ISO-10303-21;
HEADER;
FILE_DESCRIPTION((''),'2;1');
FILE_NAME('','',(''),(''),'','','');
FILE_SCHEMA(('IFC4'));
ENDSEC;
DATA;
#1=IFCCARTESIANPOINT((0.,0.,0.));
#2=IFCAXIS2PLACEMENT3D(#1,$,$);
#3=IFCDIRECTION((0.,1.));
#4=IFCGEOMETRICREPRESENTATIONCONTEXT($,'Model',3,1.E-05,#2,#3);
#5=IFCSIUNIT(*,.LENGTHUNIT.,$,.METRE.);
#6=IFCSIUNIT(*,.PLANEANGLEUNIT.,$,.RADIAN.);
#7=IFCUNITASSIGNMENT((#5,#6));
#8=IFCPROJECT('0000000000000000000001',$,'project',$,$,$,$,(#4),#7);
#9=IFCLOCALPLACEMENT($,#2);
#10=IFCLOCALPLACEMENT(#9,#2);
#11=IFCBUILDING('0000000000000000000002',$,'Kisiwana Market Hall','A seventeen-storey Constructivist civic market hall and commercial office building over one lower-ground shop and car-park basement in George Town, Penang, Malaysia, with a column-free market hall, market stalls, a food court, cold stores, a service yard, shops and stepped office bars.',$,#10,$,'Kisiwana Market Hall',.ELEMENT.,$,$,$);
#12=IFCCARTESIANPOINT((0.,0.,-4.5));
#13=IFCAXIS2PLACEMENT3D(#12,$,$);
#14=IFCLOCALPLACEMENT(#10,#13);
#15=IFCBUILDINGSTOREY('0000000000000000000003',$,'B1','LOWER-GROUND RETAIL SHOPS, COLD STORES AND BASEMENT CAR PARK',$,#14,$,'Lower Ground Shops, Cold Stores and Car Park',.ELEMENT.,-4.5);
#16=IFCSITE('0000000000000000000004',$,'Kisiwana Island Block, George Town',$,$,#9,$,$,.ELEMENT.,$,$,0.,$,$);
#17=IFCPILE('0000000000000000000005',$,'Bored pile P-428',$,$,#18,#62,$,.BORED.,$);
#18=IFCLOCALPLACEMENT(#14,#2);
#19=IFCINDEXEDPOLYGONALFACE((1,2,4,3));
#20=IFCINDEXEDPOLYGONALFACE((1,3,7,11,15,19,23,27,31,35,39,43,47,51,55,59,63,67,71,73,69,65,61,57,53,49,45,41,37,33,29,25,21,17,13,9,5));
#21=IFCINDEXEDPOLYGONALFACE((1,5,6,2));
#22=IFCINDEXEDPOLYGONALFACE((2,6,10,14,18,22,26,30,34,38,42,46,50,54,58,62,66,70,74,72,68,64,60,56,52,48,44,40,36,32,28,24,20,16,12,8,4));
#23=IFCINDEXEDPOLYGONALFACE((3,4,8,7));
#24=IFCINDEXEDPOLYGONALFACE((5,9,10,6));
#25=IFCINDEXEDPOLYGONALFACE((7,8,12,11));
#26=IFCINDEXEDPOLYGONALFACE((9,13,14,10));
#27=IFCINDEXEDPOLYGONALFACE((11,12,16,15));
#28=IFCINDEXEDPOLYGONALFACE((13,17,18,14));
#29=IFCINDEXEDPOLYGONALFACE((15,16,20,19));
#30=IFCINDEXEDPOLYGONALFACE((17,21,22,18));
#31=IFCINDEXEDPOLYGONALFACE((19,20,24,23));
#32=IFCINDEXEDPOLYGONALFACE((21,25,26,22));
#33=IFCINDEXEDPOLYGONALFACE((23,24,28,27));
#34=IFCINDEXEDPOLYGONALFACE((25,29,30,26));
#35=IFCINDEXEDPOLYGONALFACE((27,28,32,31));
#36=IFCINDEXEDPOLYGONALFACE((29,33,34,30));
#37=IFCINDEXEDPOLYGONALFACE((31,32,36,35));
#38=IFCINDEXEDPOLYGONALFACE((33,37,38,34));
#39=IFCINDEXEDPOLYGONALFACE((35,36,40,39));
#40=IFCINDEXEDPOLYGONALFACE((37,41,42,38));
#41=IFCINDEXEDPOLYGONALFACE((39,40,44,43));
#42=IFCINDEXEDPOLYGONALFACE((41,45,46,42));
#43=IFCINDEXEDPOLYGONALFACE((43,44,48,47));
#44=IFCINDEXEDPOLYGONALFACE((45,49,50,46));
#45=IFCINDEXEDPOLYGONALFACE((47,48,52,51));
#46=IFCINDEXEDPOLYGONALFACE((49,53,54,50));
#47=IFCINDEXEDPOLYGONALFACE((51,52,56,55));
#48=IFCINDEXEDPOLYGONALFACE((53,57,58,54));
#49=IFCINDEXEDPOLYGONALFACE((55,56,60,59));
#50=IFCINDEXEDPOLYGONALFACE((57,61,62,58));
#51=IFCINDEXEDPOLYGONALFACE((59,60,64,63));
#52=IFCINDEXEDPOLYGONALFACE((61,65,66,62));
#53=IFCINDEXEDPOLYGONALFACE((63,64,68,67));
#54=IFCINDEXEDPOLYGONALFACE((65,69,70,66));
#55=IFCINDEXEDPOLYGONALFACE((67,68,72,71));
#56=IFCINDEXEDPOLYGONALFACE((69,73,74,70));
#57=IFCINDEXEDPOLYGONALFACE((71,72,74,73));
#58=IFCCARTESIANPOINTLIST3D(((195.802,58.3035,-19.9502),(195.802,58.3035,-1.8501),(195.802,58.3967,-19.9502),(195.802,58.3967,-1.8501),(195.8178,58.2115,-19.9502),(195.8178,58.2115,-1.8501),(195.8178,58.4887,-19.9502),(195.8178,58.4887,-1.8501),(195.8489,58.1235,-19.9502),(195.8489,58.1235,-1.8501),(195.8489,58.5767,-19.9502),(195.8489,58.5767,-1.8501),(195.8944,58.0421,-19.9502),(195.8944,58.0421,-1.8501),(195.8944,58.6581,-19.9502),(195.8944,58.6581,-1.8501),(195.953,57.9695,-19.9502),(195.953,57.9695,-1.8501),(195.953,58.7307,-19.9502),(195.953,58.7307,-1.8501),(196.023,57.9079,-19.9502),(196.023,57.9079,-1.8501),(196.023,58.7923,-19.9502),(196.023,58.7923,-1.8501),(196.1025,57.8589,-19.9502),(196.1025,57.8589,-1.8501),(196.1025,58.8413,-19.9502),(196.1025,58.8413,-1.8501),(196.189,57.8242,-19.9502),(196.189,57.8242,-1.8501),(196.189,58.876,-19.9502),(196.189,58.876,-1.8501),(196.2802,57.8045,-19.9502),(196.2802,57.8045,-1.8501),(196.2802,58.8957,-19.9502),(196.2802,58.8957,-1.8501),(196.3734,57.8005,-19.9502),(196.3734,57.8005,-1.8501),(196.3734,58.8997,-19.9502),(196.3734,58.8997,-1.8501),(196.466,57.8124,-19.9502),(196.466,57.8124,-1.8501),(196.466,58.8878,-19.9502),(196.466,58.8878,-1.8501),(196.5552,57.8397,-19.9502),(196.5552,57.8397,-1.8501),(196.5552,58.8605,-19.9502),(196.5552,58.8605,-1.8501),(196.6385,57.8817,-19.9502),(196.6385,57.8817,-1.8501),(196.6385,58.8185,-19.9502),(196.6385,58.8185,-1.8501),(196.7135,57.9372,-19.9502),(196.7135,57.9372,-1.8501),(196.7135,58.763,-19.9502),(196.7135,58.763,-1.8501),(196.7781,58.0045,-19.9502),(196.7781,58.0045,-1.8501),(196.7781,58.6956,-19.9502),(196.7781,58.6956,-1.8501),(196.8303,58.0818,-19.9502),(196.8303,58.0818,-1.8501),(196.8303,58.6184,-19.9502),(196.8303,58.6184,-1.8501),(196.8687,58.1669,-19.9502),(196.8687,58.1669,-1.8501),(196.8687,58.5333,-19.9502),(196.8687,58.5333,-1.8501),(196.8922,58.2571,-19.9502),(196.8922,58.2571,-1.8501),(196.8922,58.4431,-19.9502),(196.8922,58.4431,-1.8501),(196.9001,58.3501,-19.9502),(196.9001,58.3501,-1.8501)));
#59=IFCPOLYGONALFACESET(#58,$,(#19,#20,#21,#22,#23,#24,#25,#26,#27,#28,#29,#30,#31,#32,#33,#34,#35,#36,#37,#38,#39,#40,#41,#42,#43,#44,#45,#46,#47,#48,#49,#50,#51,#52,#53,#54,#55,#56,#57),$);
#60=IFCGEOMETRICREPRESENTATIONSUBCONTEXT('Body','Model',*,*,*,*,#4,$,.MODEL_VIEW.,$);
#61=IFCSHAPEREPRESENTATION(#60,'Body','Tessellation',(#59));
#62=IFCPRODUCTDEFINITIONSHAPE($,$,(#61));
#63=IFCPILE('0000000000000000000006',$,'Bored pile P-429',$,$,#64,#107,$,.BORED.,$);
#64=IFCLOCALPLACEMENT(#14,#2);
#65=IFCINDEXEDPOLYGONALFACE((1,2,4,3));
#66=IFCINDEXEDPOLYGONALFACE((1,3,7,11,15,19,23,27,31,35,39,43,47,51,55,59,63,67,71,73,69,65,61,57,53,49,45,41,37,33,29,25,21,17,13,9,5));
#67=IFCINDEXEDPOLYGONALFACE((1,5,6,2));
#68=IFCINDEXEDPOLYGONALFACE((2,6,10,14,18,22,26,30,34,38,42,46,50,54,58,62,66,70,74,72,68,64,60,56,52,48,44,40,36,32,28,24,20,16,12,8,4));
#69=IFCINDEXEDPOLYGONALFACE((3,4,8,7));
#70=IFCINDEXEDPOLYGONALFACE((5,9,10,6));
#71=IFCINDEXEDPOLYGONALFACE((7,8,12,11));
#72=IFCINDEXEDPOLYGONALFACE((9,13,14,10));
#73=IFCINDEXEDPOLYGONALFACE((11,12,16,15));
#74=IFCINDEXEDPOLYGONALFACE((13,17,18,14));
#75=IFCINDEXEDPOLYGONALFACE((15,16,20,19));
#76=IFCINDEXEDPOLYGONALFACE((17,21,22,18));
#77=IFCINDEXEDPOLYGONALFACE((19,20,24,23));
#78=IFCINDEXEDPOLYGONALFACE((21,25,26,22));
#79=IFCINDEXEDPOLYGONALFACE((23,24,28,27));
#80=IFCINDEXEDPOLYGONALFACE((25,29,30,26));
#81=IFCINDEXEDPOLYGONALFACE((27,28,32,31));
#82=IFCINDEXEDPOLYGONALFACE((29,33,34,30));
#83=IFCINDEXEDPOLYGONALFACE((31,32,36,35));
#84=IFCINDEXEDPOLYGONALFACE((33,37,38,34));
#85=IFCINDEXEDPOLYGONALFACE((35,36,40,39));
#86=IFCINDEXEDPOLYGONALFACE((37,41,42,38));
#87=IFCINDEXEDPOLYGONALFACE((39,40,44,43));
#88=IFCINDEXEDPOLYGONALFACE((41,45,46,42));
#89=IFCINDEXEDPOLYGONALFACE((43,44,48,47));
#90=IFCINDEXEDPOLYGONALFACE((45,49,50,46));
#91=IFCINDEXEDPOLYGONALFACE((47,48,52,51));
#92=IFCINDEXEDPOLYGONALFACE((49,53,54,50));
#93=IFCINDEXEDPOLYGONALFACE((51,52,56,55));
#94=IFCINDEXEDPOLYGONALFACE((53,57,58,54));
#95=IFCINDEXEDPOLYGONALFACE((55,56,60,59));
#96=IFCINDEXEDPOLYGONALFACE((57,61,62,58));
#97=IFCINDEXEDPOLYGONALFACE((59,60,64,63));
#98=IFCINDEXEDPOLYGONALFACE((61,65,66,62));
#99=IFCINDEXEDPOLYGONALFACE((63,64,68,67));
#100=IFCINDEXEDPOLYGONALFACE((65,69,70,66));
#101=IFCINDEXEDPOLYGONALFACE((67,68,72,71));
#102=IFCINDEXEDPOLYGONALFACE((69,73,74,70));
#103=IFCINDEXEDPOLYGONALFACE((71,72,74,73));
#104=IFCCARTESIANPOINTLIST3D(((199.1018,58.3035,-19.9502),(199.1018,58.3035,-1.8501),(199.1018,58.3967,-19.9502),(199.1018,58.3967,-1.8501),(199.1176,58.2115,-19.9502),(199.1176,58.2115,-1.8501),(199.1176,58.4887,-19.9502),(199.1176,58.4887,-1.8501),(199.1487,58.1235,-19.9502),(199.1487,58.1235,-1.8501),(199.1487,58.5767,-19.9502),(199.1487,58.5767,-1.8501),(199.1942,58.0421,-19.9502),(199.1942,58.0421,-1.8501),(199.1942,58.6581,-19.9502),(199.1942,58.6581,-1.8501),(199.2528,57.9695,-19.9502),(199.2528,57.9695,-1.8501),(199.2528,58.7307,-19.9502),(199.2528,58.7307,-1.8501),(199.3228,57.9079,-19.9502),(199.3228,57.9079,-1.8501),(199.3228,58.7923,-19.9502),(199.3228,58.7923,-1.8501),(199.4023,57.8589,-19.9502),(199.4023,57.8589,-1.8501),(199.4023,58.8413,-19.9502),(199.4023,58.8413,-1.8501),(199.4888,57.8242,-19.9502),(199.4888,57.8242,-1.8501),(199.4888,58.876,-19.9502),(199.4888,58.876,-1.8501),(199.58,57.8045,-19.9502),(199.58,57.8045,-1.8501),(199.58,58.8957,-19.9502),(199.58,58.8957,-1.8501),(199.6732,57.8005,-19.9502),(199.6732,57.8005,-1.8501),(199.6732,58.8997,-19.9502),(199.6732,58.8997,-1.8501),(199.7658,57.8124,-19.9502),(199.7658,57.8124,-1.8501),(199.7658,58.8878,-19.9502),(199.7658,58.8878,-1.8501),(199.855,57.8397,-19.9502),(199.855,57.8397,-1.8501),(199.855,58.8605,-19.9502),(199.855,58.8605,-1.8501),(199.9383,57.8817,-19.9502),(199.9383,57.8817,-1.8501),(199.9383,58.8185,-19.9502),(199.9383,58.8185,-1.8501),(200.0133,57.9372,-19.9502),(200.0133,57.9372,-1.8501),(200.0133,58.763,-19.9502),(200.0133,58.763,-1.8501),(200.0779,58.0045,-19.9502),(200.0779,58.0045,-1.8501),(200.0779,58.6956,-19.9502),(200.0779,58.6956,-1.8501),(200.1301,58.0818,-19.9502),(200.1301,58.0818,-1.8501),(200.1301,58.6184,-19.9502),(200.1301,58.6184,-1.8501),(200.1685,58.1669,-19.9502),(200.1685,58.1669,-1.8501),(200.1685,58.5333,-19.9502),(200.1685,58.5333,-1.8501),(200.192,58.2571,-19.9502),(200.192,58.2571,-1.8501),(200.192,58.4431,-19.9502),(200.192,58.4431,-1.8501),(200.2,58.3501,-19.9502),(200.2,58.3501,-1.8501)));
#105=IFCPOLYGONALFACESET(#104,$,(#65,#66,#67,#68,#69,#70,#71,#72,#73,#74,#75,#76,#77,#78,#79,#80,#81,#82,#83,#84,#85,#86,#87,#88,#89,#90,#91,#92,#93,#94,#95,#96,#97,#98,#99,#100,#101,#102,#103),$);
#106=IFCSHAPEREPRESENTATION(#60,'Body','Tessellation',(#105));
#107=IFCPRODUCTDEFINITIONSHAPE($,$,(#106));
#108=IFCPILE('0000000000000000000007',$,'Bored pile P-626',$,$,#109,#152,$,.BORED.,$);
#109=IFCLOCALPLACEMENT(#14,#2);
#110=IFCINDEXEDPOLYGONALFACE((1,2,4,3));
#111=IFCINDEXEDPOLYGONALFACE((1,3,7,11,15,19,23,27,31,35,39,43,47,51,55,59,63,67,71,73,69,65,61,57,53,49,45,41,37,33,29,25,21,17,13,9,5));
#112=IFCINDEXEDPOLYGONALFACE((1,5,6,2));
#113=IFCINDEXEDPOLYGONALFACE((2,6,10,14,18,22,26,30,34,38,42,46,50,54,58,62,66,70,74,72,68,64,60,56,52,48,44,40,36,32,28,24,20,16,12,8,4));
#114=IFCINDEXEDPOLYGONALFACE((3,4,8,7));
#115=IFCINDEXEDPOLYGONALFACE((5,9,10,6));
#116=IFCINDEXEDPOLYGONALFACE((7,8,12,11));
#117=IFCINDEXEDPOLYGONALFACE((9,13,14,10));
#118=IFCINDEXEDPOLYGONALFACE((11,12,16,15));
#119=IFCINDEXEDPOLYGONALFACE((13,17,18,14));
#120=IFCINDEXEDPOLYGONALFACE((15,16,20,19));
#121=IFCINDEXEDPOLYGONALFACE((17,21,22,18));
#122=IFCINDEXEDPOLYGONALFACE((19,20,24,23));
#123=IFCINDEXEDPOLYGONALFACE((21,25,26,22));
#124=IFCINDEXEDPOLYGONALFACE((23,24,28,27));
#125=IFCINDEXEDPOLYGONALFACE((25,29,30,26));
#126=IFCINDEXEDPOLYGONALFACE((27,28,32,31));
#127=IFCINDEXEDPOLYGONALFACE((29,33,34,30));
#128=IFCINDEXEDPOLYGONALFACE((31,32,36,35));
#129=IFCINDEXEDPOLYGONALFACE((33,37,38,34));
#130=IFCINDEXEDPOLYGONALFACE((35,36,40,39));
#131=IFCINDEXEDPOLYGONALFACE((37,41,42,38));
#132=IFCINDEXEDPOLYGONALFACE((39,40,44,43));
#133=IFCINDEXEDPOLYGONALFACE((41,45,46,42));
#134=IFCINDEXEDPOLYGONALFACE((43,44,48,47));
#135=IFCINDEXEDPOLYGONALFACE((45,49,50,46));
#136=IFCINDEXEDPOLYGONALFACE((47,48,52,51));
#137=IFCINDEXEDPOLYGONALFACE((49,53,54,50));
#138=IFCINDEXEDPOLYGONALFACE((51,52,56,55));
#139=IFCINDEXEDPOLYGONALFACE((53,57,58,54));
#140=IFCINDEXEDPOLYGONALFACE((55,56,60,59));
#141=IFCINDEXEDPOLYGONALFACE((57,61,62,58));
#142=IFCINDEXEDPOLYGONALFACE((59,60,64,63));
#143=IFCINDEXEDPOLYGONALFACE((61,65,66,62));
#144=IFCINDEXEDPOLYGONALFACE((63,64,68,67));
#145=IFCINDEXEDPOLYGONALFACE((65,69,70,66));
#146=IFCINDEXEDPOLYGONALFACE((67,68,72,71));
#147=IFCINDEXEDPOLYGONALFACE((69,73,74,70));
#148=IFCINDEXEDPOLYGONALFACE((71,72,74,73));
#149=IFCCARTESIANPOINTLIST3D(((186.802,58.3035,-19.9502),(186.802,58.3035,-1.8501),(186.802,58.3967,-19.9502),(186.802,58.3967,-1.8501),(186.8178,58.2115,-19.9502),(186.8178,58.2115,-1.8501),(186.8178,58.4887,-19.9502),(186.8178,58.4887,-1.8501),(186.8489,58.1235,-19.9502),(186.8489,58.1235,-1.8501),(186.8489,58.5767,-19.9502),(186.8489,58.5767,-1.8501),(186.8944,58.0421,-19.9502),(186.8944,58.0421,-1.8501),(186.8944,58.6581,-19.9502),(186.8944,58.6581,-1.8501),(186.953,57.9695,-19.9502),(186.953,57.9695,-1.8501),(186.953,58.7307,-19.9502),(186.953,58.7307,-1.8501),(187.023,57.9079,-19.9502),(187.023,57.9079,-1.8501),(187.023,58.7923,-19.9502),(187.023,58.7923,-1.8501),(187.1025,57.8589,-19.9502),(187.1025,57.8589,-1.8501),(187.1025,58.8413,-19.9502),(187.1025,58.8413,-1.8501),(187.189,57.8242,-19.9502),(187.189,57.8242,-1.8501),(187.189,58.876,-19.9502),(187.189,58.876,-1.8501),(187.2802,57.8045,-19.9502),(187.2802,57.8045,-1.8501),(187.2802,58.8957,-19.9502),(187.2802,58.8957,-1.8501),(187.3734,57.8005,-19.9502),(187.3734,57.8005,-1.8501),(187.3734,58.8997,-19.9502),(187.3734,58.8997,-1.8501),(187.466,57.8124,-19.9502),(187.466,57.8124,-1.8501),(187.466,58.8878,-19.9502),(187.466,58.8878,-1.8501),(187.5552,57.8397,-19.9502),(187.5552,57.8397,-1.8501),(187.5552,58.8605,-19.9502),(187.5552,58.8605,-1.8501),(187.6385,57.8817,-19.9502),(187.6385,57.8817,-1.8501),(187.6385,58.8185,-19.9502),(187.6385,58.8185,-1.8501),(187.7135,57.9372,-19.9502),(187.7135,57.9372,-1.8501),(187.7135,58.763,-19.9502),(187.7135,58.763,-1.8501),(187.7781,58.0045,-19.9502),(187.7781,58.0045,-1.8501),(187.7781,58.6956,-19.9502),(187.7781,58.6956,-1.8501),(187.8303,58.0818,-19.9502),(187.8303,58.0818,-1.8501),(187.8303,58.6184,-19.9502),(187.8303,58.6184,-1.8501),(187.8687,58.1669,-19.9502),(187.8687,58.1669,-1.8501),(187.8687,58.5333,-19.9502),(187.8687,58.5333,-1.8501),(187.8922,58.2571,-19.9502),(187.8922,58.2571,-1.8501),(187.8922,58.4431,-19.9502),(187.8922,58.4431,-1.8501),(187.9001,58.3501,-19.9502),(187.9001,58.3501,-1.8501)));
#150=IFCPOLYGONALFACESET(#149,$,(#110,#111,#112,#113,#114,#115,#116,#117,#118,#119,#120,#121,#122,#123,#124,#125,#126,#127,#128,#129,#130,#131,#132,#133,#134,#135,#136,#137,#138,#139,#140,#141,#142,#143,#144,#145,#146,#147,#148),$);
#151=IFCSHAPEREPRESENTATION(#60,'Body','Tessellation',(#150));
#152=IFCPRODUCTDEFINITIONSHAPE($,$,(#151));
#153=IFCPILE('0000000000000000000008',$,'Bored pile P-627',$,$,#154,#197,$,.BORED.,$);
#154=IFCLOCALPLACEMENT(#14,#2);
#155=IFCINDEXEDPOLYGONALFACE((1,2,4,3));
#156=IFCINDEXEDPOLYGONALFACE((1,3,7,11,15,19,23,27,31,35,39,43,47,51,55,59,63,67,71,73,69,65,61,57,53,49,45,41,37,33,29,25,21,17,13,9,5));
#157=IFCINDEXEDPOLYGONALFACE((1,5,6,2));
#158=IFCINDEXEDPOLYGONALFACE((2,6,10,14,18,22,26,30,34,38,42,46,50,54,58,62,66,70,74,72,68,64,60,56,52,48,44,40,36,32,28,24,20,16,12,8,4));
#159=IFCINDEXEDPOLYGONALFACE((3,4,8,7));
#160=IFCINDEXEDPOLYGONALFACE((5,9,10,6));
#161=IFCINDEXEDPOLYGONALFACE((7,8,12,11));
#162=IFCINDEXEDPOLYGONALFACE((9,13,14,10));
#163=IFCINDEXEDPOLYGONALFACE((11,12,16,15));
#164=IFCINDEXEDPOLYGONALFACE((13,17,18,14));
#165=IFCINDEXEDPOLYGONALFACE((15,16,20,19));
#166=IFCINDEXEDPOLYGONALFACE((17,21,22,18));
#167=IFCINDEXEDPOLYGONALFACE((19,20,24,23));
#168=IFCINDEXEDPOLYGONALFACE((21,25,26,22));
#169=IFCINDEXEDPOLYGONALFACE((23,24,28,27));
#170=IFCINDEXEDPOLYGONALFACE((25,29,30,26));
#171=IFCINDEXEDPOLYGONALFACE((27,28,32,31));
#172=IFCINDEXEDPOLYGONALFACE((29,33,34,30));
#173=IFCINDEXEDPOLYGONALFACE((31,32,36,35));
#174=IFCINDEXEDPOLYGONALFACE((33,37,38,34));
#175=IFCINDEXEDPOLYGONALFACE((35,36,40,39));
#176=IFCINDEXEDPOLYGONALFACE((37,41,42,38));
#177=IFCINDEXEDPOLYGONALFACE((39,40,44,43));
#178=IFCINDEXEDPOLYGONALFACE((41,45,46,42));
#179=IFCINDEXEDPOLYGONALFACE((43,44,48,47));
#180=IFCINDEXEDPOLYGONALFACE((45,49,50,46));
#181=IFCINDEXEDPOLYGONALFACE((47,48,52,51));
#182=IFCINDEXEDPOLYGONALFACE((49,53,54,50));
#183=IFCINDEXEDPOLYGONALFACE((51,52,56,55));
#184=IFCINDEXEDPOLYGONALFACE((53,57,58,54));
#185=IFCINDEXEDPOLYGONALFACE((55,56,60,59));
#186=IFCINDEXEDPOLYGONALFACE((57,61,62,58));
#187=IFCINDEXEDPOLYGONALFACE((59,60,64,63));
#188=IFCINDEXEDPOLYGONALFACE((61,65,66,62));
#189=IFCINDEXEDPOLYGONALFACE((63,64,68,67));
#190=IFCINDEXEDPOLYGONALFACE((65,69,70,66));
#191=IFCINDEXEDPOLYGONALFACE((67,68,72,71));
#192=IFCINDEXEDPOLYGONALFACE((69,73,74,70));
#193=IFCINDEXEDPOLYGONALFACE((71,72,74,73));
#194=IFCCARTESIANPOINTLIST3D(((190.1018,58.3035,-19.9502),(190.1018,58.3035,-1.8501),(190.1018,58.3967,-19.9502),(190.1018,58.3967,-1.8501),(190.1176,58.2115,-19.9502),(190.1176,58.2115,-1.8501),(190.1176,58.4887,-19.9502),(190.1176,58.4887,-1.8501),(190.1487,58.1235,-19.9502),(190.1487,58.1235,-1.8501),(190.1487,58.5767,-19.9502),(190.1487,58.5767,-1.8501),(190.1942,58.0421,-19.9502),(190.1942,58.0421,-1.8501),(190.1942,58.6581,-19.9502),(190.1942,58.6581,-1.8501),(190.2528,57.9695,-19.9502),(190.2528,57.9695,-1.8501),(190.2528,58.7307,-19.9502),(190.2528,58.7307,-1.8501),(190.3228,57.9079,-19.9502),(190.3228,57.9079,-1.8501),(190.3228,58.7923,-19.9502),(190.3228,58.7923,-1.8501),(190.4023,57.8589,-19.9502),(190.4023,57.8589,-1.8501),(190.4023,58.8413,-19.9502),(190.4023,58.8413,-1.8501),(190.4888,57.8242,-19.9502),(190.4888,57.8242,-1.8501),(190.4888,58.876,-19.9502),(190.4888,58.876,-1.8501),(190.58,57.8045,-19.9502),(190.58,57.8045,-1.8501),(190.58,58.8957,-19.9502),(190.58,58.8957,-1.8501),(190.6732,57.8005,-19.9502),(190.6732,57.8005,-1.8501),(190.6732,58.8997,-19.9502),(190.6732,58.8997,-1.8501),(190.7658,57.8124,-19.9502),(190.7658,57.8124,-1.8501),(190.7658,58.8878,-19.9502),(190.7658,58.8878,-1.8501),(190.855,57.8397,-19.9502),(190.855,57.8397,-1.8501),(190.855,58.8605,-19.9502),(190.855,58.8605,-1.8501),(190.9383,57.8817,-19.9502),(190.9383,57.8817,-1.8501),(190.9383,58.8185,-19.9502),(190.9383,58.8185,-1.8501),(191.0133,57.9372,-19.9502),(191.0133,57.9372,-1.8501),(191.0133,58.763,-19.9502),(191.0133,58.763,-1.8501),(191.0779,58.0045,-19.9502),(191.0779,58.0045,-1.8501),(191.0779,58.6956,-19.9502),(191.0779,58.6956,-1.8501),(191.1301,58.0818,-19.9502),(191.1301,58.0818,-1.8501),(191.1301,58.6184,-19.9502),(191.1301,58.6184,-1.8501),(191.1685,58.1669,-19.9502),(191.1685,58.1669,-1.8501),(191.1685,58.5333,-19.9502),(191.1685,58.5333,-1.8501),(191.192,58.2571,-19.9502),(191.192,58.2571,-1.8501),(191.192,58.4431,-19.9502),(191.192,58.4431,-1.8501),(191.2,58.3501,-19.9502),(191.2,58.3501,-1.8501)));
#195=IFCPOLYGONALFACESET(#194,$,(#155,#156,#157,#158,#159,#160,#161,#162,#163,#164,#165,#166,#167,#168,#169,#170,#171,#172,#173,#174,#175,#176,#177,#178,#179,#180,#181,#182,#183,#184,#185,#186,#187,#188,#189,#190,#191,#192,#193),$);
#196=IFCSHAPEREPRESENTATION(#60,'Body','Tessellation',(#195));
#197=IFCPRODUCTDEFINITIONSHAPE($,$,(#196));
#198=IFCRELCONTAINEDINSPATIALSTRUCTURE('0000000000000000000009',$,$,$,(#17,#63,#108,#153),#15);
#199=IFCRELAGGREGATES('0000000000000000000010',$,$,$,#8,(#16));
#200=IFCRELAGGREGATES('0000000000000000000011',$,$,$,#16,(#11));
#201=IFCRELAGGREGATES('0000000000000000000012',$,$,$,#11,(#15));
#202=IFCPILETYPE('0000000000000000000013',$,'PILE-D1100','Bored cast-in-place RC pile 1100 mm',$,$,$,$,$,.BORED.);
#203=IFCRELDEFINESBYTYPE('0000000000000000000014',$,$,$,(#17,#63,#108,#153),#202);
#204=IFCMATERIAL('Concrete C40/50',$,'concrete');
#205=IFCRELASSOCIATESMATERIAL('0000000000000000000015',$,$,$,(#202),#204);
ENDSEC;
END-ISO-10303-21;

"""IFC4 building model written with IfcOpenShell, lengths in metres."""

from ifc_helpers import new_model, si_unit, direction, frame, origin, origin_2d, place, context, subcontext, project, spatial, circle, extrude, material, material_profile, profile_set, type_object, element, save


model = new_model("IFC4")

# Units and contexts
model_context = context("Model", 3, precision=1e-05, world=origin(), true_north=direction((0.0, 1.0)))
body_context = subcontext(model_context, "Body", "Model", "MODEL_VIEW")
ifc_project = project(units=[si_unit("LENGTHUNIT", "METRE"), si_unit("PLANEANGLEUNIT", "RADIAN")], contexts=[model_context])

# Site, building, storey
site_placement = place(None, origin())
site = spatial("IfcSite", under=ifc_project, at=site_placement, Name="Kisiwana Island Block, George Town", CompositionType="ELEMENT", RefElevation=0.0)
building_placement = place(site_placement, origin())
building = spatial("IfcBuilding", under=site, at=building_placement, Name="Kisiwana Market Hall", Description="A seventeen-storey Constructivist civic market hall and commercial office building over one lower-ground shop and car-park basement in George Town, Penang, Malaysia, with a column-free market hall, market stalls, a food court, cold stores, a service yard, shops and stepped office bars.", LongName="Kisiwana Market Hall", CompositionType="ELEMENT")
storey_placement = place(building_placement, frame((0.0, 0.0, -4.5)))
storey = spatial("IfcBuildingStorey", under=building, at=storey_placement, Name="B1", Description="LOWER-GROUND RETAIL SHOPS, COLD STORES AND BASEMENT CAR PARK", LongName="Lower Ground Shops, Cold Stores and Car Park", CompositionType="ELEMENT", Elevation=-4.5)

# Piles
ifc_material_1 = material(Name="Concrete C40/50", Category="concrete")
ifc_material_profile_1 = material_profile(ifc_material_1, circle(Radius=0.55, at=origin_2d()), Name="BP D1100")
ifc_profile_set_1 = profile_set([ifc_material_profile_1], Name="Concrete C40/50")
pile_type_1 = type_object("IfcPileType", Name="PILE-D1100", Description="Bored cast-in-place RC pile 1100 mm", PredefinedType="BORED", material=ifc_profile_set_1)
for number, where, z_axis, x_axis, name in (
    (1, (196.3501, 58.3501, -1.8501), (0.0, 0.0, -1.0), (1.0, 0.0, 0.0), "Bored pile P-428"),
    (2, (199.6499, 58.3501, -1.8501), (0.0, 0.0, -1.0), (1.0, 0.0, 0.0), "Bored pile P-429"),
    (3, (187.3501, 58.3501, -1.8501), (0.0, 0.0, -1.0), (1.0, 0.0, 0.0), "Bored pile P-626"),
    (4, (190.6499, 58.3501, -1.8501), (0.0, 0.0, -1.0), (1.0, 0.0, 0.0), "Bored pile P-627"),
):
    element("IfcPile", number, at=place(storey_placement, frame(where, z_axis=z_axis, x_axis=x_axis)), inside=storey, type_object=pile_type_1, Name=name, PredefinedType="BORED", context=body_context, shape_type="SweptSolid", body=[
        extrude(circle(Radius=0.55, at=origin_2d()), origin(), (0.0, 0.0, 1.0), 18.1001),
    ])

save(model, "model.ifc")
